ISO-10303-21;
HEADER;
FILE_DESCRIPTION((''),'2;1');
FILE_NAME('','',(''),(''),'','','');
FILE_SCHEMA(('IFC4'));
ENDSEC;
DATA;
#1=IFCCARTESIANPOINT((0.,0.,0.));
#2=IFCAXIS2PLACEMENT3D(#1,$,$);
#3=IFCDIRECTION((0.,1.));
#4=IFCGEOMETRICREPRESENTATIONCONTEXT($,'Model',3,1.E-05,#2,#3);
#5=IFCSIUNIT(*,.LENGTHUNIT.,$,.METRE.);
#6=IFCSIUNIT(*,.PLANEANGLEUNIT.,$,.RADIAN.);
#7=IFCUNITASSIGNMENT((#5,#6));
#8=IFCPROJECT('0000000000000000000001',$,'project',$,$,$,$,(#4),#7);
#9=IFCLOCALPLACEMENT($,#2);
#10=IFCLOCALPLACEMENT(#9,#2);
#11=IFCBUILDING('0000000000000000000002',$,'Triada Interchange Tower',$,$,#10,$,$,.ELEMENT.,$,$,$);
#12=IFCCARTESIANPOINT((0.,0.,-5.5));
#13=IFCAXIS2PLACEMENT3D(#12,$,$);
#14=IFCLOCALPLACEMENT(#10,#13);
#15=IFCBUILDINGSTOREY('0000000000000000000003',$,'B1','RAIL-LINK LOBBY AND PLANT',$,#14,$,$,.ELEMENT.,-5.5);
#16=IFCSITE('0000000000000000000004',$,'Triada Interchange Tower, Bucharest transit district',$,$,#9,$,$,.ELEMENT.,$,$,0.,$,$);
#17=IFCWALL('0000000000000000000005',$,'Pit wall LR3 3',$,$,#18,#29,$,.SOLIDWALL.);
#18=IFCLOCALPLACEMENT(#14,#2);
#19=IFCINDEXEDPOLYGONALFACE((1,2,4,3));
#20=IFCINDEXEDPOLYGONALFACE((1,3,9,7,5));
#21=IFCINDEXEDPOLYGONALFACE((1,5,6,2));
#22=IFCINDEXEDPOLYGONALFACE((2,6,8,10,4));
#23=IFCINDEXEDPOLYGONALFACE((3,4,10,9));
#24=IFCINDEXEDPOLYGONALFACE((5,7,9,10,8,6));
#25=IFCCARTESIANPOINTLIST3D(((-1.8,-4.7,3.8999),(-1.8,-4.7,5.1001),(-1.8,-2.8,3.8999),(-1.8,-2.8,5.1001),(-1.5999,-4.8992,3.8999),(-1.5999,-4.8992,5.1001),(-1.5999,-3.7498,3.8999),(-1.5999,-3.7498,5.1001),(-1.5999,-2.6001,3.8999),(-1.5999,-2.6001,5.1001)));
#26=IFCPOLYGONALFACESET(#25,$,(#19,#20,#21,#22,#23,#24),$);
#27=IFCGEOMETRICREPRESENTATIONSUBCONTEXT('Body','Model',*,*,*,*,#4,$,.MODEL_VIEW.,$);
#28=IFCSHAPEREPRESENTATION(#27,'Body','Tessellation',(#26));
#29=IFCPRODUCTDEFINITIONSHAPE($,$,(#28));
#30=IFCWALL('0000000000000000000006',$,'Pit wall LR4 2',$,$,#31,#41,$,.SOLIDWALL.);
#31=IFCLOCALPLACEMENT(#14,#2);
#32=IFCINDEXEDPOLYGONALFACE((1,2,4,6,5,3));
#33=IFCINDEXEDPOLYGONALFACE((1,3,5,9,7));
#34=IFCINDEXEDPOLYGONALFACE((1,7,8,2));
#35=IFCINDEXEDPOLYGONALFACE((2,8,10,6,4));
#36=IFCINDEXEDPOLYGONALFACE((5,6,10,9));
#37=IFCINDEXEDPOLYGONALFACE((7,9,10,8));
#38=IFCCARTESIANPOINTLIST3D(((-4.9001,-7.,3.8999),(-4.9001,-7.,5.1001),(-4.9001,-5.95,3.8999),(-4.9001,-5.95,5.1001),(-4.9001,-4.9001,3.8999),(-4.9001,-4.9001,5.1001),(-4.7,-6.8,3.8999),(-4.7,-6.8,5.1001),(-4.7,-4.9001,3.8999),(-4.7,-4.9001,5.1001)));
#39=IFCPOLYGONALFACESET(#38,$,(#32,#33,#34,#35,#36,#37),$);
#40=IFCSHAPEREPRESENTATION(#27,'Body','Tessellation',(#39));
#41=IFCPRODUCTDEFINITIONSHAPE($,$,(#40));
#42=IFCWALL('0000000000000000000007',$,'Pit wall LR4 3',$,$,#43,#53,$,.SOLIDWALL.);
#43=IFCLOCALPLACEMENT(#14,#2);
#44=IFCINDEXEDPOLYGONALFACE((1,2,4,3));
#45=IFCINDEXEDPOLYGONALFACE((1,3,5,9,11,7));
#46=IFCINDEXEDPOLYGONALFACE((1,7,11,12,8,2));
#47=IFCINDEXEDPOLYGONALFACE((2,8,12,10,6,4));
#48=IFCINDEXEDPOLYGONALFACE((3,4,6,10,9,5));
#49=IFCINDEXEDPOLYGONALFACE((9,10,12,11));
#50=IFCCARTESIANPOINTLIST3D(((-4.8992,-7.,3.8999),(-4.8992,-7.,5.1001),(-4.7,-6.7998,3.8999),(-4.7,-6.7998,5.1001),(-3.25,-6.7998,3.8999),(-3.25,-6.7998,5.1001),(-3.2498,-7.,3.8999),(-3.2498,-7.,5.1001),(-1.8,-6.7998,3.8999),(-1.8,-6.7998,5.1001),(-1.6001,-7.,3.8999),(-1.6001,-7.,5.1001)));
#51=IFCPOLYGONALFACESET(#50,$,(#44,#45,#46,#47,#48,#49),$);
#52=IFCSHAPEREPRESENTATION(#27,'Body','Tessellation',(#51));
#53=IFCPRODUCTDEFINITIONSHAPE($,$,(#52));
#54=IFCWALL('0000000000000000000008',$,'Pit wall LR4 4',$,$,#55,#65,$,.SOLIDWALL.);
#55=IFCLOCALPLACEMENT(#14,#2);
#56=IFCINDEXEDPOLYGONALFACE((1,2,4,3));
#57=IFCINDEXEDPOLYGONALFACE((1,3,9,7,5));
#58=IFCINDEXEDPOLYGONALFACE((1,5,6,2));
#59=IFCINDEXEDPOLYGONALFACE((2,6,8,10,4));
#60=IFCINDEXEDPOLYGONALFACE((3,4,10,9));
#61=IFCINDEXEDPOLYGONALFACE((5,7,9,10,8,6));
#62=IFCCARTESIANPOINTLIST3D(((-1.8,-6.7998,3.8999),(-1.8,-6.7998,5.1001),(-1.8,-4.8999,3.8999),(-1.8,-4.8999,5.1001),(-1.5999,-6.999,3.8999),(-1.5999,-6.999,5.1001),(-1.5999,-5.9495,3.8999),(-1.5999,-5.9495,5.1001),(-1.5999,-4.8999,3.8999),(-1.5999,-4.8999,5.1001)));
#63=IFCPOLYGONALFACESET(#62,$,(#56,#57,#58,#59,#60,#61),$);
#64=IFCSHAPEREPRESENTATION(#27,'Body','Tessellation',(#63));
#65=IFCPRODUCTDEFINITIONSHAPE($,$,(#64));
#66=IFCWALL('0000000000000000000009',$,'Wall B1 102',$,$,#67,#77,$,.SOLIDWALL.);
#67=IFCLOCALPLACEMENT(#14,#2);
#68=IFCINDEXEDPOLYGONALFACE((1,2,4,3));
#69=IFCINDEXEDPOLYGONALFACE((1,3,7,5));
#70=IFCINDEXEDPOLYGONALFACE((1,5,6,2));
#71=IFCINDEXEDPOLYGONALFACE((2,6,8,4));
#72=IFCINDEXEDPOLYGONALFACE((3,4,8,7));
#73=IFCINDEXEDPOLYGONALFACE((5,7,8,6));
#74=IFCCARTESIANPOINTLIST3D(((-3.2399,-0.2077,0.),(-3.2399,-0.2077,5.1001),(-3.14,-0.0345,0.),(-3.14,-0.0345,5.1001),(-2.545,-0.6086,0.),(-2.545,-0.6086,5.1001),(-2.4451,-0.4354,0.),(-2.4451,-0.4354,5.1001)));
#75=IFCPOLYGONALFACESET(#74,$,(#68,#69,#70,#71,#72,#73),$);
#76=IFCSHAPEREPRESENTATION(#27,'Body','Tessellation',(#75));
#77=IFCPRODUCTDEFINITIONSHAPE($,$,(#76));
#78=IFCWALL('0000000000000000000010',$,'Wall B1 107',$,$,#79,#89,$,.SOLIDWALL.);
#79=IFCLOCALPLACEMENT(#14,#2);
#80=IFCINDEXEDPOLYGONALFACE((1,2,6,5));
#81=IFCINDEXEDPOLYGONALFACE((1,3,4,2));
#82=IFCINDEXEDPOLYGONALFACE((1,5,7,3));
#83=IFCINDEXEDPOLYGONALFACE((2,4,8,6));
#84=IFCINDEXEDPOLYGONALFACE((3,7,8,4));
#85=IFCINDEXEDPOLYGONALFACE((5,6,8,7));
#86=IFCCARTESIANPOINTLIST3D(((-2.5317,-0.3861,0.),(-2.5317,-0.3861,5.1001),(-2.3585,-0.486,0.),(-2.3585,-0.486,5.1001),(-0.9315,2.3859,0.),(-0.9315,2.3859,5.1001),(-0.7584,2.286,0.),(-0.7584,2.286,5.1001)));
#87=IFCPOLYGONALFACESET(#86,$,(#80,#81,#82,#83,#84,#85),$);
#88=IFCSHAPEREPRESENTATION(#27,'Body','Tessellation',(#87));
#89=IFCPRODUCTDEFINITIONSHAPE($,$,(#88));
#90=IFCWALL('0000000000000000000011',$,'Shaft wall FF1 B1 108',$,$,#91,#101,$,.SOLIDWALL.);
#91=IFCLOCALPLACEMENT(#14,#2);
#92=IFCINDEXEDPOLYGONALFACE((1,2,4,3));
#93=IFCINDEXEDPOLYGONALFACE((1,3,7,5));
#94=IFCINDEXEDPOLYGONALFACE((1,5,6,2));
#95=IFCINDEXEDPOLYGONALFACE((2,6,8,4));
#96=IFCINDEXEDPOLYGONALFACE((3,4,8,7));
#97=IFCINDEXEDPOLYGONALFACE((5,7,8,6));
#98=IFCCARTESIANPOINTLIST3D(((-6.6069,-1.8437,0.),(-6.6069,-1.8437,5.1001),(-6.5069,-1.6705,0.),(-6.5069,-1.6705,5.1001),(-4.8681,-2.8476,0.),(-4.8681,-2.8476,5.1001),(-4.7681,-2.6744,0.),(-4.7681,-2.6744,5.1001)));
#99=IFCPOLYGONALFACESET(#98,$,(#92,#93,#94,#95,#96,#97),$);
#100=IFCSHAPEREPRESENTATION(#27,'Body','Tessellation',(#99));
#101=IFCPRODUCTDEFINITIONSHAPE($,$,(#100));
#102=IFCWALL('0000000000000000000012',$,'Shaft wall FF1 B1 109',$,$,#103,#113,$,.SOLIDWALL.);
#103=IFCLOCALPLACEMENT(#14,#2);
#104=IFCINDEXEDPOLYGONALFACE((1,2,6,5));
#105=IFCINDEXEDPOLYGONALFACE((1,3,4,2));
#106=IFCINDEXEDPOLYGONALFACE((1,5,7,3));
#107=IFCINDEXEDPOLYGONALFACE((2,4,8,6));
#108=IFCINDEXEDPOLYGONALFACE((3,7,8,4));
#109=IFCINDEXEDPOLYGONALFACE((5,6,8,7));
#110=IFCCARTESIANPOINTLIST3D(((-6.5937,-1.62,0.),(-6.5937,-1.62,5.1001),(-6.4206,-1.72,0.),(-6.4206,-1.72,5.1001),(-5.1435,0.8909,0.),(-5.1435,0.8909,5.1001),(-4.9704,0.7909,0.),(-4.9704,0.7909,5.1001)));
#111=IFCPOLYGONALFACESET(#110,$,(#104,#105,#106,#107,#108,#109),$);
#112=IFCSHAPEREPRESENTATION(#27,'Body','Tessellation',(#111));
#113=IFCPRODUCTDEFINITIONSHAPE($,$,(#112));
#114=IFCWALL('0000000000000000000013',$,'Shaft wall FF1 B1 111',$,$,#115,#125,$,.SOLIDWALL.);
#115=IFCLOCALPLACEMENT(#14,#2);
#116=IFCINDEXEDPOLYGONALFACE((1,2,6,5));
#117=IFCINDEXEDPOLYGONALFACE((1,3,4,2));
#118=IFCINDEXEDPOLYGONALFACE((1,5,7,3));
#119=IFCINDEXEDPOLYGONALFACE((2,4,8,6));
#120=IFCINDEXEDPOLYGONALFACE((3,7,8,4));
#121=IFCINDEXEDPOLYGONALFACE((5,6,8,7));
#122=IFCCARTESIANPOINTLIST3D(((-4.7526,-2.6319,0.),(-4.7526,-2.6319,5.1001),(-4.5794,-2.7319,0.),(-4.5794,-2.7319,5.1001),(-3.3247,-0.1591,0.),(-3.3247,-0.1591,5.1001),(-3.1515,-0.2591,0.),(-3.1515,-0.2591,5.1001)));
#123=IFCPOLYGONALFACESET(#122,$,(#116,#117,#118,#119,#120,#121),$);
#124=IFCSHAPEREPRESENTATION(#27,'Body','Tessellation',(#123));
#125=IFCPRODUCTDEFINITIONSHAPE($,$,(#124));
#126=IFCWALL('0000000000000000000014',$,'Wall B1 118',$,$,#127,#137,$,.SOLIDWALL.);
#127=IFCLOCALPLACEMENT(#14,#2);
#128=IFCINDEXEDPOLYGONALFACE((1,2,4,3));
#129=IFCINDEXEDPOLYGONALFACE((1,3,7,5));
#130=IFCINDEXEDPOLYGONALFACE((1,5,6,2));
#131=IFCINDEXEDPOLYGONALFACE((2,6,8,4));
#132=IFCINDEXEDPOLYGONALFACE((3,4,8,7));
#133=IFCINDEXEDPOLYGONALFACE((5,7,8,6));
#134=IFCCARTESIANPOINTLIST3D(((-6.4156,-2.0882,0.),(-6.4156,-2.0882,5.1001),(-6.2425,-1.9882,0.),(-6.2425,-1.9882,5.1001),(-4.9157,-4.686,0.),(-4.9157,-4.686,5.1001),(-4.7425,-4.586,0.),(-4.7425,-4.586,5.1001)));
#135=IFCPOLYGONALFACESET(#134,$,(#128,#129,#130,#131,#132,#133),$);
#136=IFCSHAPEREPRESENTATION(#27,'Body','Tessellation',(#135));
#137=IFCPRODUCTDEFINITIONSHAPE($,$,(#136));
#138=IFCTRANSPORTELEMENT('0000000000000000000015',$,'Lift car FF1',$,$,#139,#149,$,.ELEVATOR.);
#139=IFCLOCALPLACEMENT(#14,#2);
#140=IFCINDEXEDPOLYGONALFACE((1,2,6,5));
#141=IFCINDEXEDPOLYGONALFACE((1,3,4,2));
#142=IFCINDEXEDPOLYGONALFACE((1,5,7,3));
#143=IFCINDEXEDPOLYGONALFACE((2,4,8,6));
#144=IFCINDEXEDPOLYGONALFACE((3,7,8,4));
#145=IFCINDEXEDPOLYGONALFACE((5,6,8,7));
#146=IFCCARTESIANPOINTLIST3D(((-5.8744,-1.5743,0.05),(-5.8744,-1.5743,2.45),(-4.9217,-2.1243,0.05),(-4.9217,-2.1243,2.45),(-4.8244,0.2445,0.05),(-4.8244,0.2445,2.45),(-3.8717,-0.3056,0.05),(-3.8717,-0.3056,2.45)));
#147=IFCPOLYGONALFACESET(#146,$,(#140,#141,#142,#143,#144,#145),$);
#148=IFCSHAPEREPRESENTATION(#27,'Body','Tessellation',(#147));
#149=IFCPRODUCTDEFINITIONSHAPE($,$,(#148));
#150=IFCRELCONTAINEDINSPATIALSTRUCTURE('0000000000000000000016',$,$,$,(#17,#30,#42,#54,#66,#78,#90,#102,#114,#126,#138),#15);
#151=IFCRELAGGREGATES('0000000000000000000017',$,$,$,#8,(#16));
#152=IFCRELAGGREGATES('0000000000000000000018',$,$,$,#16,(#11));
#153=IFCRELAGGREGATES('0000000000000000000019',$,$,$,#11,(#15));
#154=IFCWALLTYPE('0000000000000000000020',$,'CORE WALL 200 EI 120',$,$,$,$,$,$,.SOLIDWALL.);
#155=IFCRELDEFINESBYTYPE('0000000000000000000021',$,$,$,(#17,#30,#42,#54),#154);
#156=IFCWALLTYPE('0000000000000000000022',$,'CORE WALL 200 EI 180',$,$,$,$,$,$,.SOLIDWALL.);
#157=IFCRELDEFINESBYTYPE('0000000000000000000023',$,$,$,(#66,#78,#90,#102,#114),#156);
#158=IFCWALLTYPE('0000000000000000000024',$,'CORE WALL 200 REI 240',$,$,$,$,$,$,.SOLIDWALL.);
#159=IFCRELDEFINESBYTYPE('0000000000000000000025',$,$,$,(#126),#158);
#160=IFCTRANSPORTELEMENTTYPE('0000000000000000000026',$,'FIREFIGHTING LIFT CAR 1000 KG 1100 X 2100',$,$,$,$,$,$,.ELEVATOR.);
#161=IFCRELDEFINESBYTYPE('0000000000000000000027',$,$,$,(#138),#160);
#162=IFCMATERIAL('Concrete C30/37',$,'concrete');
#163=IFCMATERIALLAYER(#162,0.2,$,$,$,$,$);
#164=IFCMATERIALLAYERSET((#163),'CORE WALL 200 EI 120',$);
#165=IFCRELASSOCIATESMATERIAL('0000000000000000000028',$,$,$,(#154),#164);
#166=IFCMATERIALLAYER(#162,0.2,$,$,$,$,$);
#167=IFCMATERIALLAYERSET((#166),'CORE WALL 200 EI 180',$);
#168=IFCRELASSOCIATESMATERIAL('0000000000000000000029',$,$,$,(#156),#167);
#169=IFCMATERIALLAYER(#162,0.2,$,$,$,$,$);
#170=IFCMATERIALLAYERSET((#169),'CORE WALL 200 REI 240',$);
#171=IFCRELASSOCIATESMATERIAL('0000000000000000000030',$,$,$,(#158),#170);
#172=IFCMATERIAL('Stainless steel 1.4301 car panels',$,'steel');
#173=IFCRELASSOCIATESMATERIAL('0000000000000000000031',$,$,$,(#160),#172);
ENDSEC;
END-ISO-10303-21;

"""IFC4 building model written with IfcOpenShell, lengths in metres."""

from ifc_helpers import new_model, si_unit, direction, frame, frame_2d, origin, origin_2d, place, context, subcontext, project, spatial, polyline, rectangle, outline, extrude, material, layer, layer_set, type_object, element, save


model = new_model("IFC4")

# Units and contexts
model_context = context("Model", 3, precision=1e-05, world=origin(), true_north=direction((0.0, 1.0)))
body_context = subcontext(model_context, "Body", "Model", "MODEL_VIEW")
ifc_project = project(units=[si_unit("LENGTHUNIT", "METRE"), si_unit("PLANEANGLEUNIT", "RADIAN")], contexts=[model_context])

# Site, building, storey
site_placement = place(None, origin())
site = spatial("IfcSite", under=ifc_project, at=site_placement, Name="Triada Interchange Tower, Bucharest transit district", CompositionType="ELEMENT", RefElevation=0.0)
building_placement = place(site_placement, origin())
building = spatial("IfcBuilding", under=site, at=building_placement, Name="Triada Interchange Tower", CompositionType="ELEMENT")
storey_placement = place(building_placement, frame((0.0, 0.0, -5.5)))
storey = spatial("IfcBuildingStorey", under=building, at=storey_placement, Name="B1", Description="RAIL-LINK LOBBY AND PLANT", CompositionType="ELEMENT", Elevation=-5.5)

# Shared definitions
ifc_material_1 = material(Name="Concrete C30/37", Category="concrete")

# Shared definitions
ifc_layer_1 = layer(ifc_material_1, 0.2)
ifc_layer_set_1 = layer_set([ifc_layer_1], Name="CORE WALL 200 EI 120")
wall_type_1 = type_object("IfcWallType", Name="CORE WALL 200 EI 120", PredefinedType="SOLIDWALL", material=ifc_layer_set_1)

# Walls
wall_1_placement = place(storey_placement, frame((-1.7, -4.8, 3.8999), z_axis=(0.0, 0.0, 1.0), x_axis=(0.0, 1.0, 0.0)))
element("IfcWall", 1, at=wall_1_placement, inside=storey, type_object=wall_type_1, Name="Pit wall LR3 3", PredefinedType="SOLIDWALL", context=body_context, shape_type="SweptSolid", body=[
    extrude(outline(polyline([(2.0, 0.1001), (2.2, -0.1001), (1.0503, -0.1001), (-0.0991, -0.1001), (0.1001, 0.1001), (0.1001, 0.1001), (0.1001, 0.1001), (0.1001, 0.1001), (0.1001, 0.1001), (0.1001, 0.1001), (0.1001, 0.1001), (0.1001, 0.1001), (0.1001, 0.1001), (2.0, 0.1001)])), origin(), (0.0, 0.0, 1.0), 1.2002),
])
wall_2_placement = place(storey_placement, frame((-4.8, -4.8, 3.8999), z_axis=(0.0, 0.0, 1.0), x_axis=(0.0, -1.0, 0.0)))
element("IfcWall", 2, at=wall_2_placement, inside=storey, type_object=wall_type_1, Name="Pit wall LR4 2", PredefinedType="SOLIDWALL", context=body_context, shape_type="SweptSolid", body=[
    extrude(outline(polyline([(2.0, 0.1001), (2.2, -0.1001), (1.1499, -0.1001), (0.1001, -0.1001), (0.1001, 0.1001), (2.0, 0.1001)])), origin(), (0.0, 0.0, 1.0), 1.2002),
])
wall_3_placement = place(storey_placement, frame((-4.8, -6.8999, 3.8999), z_axis=(0.0, 0.0, 1.0), x_axis=(1.0, 0.0, 0.0)))
element("IfcWall", 3, at=wall_3_placement, inside=storey, type_object=wall_type_1, Name="Pit wall LR4 3", PredefinedType="SOLIDWALL", context=body_context, shape_type="SweptSolid", body=[
    extrude(outline(polyline([(3.0, 0.1001), (3.2, -0.1001), (1.5503, -0.1001), (-0.0991, -0.1001), (0.1001, 0.1001), (0.1001, 0.1001), (0.1001, 0.1001), (0.1001, 0.1001), (0.1001, 0.1001), (0.1001, 0.1001), (0.1001, 0.1001), (0.1001, 0.1001), (0.1001, 0.1001), (1.55, 0.1001), (3.0, 0.1001)])), origin(), (0.0, 0.0, 1.0), 1.2002),
])
wall_4_placement = place(storey_placement, frame((-1.7, -6.8999, 3.8999), z_axis=(0.0, 0.0, 1.0), x_axis=(0.0, 1.0, 0.0)))
element("IfcWall", 4, at=wall_4_placement, inside=storey, type_object=wall_type_1, Name="Pit wall LR4 4", PredefinedType="SOLIDWALL", context=body_context, shape_type="SweptSolid", body=[
    extrude(outline(polyline([(2.0, 0.1001), (2.0, -0.1001), (0.9504, -0.1001), (-0.0991, -0.1001), (0.1001, 0.1001), (0.1001, 0.1001), (0.1001, 0.1001), (0.1001, 0.1001), (0.1001, 0.1001), (0.1001, 0.1001), (0.1001, 0.1001), (0.1001, 0.1001), (0.1001, 0.1001), (2.0, 0.1001)])), origin(), (0.0, 0.0, 1.0), 1.2002),
])
ifc_layer_2 = layer(ifc_material_1, 0.2)
ifc_layer_set_2 = layer_set([ifc_layer_2], Name="CORE WALL 200 EI 180")
wall_type_2 = type_object("IfcWallType", Name="CORE WALL 200 EI 180", PredefinedType="SOLIDWALL", material=ifc_layer_set_2)
wall_5_placement = place(storey_placement, frame((-3.1899, -0.1211, 0.0), z_axis=(0.0, 0.0, 1.0), x_axis=(0.866175, -0.49974, 0.0)))
element("IfcWall", 5, at=wall_5_placement, inside=storey, type_object=wall_type_2, Name="Wall B1 102", PredefinedType="SOLIDWALL", context=body_context, shape_type="SweptSolid", body=[
    extrude(rectangle(XDim=0.8022, YDim=0.2, at=frame_2d((0.4011, 0.0))), origin(), (0.0, 0.0, 1.0), 5.1001),
])
wall_6_placement = place(storey_placement, frame((-2.4451, -0.436, 0.0), z_axis=(0.0, 0.0, 1.0), x_axis=(0.499929, 0.866066, 0.0)))
element("IfcWall", 6, at=wall_6_placement, inside=storey, type_object=wall_type_2, Name="Wall B1 107", PredefinedType="SOLIDWALL", context=body_context, shape_type="SweptSolid", body=[
    extrude(rectangle(XDim=3.2007, YDim=0.2, at=frame_2d((1.6003, 0.0))), origin(), (0.0, 0.0, 1.0), 5.1001),
])
wall_7_placement = place(storey_placement, frame((-6.5569, -1.7571, 0.0), z_axis=(0.0, 0.0, 1.0), x_axis=(0.86602, -0.50001, 0.0)))
element("IfcWall", 7, at=wall_7_placement, inside=storey, type_object=wall_type_2, Name="Shaft wall FF1 B1 108", PredefinedType="SOLIDWALL", context=body_context, shape_type="SweptSolid", body=[
    extrude(rectangle(XDim=2.0078, YDim=0.2, at=frame_2d((1.0039, 0.0))), origin(), (0.0, 0.0, 1.0), 5.1001),
])
wall_8_placement = place(storey_placement, frame((-6.5071, -1.6699, 0.0), z_axis=(0.0, 0.0, 1.0), x_axis=(0.500123, 0.865954, 0.0)))
element("IfcWall", 8, at=wall_8_placement, inside=storey, type_object=wall_type_2, Name="Shaft wall FF1 B1 109", PredefinedType="SOLIDWALL", context=body_context, shape_type="SweptSolid", body=[
    extrude(rectangle(XDim=2.8997, YDim=0.2, at=frame_2d((1.4497, 0.0))), origin(), (0.0, 0.0, 1.0), 5.1001),
])
wall_9_placement = place(storey_placement, frame((-4.666, -2.6819, 0.0), z_axis=(0.0, 0.0, 1.0), x_axis=(0.500065, 0.865988, 0.0)))
element("IfcWall", 9, at=wall_9_placement, inside=storey, type_object=wall_type_2, Name="Shaft wall FF1 B1 111", PredefinedType="SOLIDWALL", context=body_context, shape_type="SweptSolid", body=[
    extrude(rectangle(XDim=2.8555, YDim=0.2, at=frame_2d((1.4277, 0.0))), origin(), (0.0, 0.0, 1.0), 5.1001),
])
ifc_layer_3 = layer(ifc_material_1, 0.2)
ifc_layer_set_3 = layer_set([ifc_layer_3], Name="CORE WALL 200 REI 240")
wall_type_3 = type_object("IfcWallType", Name="CORE WALL 200 REI 240", PredefinedType="SOLIDWALL", material=ifc_layer_set_3)
wall_10_placement = place(storey_placement, frame((-6.3291, -2.0381, 0.0), z_axis=(0.0, 0.0, 1.0), x_axis=(0.500025, -0.866011, 0.0)))
element("IfcWall", 10, at=wall_10_placement, inside=storey, type_object=wall_type_3, Name="Wall B1 118", PredefinedType="SOLIDWALL", context=body_context, shape_type="SweptSolid", body=[
    extrude(rectangle(XDim=2.9998, YDim=0.2, at=frame_2d((1.5, 0.0))), origin(), (0.0, 0.0, 1.0), 5.1001),
])

# Transport element
ifc_material_2 = material(Name="Stainless steel 1.4301 car panels", Category="steel")
transport_element_type = type_object("IfcTransportElementType", Name="FIREFIGHTING LIFT CAR 1000 KG 1100 X 2100", PredefinedType="ELEVATOR", material=ifc_material_2)
transport_element_placement = place(storey_placement, frame((-4.873, -0.9399, 0.05), z_axis=(0.0, 0.0, 1.0), x_axis=(-0.866025, 0.5, 0.0)))
element("IfcTransportElement", 11, at=transport_element_placement, inside=storey, type_object=transport_element_type, Name="Lift car FF1", PredefinedType="ELEVATOR", context=body_context, shape_type="SweptSolid", body=[
    extrude(rectangle(XDim=1.1001, YDim=2.1001, at=origin_2d()), origin(), (0.0, 0.0, 1.0), 2.3999),
])

save(model, "model.ifc")
